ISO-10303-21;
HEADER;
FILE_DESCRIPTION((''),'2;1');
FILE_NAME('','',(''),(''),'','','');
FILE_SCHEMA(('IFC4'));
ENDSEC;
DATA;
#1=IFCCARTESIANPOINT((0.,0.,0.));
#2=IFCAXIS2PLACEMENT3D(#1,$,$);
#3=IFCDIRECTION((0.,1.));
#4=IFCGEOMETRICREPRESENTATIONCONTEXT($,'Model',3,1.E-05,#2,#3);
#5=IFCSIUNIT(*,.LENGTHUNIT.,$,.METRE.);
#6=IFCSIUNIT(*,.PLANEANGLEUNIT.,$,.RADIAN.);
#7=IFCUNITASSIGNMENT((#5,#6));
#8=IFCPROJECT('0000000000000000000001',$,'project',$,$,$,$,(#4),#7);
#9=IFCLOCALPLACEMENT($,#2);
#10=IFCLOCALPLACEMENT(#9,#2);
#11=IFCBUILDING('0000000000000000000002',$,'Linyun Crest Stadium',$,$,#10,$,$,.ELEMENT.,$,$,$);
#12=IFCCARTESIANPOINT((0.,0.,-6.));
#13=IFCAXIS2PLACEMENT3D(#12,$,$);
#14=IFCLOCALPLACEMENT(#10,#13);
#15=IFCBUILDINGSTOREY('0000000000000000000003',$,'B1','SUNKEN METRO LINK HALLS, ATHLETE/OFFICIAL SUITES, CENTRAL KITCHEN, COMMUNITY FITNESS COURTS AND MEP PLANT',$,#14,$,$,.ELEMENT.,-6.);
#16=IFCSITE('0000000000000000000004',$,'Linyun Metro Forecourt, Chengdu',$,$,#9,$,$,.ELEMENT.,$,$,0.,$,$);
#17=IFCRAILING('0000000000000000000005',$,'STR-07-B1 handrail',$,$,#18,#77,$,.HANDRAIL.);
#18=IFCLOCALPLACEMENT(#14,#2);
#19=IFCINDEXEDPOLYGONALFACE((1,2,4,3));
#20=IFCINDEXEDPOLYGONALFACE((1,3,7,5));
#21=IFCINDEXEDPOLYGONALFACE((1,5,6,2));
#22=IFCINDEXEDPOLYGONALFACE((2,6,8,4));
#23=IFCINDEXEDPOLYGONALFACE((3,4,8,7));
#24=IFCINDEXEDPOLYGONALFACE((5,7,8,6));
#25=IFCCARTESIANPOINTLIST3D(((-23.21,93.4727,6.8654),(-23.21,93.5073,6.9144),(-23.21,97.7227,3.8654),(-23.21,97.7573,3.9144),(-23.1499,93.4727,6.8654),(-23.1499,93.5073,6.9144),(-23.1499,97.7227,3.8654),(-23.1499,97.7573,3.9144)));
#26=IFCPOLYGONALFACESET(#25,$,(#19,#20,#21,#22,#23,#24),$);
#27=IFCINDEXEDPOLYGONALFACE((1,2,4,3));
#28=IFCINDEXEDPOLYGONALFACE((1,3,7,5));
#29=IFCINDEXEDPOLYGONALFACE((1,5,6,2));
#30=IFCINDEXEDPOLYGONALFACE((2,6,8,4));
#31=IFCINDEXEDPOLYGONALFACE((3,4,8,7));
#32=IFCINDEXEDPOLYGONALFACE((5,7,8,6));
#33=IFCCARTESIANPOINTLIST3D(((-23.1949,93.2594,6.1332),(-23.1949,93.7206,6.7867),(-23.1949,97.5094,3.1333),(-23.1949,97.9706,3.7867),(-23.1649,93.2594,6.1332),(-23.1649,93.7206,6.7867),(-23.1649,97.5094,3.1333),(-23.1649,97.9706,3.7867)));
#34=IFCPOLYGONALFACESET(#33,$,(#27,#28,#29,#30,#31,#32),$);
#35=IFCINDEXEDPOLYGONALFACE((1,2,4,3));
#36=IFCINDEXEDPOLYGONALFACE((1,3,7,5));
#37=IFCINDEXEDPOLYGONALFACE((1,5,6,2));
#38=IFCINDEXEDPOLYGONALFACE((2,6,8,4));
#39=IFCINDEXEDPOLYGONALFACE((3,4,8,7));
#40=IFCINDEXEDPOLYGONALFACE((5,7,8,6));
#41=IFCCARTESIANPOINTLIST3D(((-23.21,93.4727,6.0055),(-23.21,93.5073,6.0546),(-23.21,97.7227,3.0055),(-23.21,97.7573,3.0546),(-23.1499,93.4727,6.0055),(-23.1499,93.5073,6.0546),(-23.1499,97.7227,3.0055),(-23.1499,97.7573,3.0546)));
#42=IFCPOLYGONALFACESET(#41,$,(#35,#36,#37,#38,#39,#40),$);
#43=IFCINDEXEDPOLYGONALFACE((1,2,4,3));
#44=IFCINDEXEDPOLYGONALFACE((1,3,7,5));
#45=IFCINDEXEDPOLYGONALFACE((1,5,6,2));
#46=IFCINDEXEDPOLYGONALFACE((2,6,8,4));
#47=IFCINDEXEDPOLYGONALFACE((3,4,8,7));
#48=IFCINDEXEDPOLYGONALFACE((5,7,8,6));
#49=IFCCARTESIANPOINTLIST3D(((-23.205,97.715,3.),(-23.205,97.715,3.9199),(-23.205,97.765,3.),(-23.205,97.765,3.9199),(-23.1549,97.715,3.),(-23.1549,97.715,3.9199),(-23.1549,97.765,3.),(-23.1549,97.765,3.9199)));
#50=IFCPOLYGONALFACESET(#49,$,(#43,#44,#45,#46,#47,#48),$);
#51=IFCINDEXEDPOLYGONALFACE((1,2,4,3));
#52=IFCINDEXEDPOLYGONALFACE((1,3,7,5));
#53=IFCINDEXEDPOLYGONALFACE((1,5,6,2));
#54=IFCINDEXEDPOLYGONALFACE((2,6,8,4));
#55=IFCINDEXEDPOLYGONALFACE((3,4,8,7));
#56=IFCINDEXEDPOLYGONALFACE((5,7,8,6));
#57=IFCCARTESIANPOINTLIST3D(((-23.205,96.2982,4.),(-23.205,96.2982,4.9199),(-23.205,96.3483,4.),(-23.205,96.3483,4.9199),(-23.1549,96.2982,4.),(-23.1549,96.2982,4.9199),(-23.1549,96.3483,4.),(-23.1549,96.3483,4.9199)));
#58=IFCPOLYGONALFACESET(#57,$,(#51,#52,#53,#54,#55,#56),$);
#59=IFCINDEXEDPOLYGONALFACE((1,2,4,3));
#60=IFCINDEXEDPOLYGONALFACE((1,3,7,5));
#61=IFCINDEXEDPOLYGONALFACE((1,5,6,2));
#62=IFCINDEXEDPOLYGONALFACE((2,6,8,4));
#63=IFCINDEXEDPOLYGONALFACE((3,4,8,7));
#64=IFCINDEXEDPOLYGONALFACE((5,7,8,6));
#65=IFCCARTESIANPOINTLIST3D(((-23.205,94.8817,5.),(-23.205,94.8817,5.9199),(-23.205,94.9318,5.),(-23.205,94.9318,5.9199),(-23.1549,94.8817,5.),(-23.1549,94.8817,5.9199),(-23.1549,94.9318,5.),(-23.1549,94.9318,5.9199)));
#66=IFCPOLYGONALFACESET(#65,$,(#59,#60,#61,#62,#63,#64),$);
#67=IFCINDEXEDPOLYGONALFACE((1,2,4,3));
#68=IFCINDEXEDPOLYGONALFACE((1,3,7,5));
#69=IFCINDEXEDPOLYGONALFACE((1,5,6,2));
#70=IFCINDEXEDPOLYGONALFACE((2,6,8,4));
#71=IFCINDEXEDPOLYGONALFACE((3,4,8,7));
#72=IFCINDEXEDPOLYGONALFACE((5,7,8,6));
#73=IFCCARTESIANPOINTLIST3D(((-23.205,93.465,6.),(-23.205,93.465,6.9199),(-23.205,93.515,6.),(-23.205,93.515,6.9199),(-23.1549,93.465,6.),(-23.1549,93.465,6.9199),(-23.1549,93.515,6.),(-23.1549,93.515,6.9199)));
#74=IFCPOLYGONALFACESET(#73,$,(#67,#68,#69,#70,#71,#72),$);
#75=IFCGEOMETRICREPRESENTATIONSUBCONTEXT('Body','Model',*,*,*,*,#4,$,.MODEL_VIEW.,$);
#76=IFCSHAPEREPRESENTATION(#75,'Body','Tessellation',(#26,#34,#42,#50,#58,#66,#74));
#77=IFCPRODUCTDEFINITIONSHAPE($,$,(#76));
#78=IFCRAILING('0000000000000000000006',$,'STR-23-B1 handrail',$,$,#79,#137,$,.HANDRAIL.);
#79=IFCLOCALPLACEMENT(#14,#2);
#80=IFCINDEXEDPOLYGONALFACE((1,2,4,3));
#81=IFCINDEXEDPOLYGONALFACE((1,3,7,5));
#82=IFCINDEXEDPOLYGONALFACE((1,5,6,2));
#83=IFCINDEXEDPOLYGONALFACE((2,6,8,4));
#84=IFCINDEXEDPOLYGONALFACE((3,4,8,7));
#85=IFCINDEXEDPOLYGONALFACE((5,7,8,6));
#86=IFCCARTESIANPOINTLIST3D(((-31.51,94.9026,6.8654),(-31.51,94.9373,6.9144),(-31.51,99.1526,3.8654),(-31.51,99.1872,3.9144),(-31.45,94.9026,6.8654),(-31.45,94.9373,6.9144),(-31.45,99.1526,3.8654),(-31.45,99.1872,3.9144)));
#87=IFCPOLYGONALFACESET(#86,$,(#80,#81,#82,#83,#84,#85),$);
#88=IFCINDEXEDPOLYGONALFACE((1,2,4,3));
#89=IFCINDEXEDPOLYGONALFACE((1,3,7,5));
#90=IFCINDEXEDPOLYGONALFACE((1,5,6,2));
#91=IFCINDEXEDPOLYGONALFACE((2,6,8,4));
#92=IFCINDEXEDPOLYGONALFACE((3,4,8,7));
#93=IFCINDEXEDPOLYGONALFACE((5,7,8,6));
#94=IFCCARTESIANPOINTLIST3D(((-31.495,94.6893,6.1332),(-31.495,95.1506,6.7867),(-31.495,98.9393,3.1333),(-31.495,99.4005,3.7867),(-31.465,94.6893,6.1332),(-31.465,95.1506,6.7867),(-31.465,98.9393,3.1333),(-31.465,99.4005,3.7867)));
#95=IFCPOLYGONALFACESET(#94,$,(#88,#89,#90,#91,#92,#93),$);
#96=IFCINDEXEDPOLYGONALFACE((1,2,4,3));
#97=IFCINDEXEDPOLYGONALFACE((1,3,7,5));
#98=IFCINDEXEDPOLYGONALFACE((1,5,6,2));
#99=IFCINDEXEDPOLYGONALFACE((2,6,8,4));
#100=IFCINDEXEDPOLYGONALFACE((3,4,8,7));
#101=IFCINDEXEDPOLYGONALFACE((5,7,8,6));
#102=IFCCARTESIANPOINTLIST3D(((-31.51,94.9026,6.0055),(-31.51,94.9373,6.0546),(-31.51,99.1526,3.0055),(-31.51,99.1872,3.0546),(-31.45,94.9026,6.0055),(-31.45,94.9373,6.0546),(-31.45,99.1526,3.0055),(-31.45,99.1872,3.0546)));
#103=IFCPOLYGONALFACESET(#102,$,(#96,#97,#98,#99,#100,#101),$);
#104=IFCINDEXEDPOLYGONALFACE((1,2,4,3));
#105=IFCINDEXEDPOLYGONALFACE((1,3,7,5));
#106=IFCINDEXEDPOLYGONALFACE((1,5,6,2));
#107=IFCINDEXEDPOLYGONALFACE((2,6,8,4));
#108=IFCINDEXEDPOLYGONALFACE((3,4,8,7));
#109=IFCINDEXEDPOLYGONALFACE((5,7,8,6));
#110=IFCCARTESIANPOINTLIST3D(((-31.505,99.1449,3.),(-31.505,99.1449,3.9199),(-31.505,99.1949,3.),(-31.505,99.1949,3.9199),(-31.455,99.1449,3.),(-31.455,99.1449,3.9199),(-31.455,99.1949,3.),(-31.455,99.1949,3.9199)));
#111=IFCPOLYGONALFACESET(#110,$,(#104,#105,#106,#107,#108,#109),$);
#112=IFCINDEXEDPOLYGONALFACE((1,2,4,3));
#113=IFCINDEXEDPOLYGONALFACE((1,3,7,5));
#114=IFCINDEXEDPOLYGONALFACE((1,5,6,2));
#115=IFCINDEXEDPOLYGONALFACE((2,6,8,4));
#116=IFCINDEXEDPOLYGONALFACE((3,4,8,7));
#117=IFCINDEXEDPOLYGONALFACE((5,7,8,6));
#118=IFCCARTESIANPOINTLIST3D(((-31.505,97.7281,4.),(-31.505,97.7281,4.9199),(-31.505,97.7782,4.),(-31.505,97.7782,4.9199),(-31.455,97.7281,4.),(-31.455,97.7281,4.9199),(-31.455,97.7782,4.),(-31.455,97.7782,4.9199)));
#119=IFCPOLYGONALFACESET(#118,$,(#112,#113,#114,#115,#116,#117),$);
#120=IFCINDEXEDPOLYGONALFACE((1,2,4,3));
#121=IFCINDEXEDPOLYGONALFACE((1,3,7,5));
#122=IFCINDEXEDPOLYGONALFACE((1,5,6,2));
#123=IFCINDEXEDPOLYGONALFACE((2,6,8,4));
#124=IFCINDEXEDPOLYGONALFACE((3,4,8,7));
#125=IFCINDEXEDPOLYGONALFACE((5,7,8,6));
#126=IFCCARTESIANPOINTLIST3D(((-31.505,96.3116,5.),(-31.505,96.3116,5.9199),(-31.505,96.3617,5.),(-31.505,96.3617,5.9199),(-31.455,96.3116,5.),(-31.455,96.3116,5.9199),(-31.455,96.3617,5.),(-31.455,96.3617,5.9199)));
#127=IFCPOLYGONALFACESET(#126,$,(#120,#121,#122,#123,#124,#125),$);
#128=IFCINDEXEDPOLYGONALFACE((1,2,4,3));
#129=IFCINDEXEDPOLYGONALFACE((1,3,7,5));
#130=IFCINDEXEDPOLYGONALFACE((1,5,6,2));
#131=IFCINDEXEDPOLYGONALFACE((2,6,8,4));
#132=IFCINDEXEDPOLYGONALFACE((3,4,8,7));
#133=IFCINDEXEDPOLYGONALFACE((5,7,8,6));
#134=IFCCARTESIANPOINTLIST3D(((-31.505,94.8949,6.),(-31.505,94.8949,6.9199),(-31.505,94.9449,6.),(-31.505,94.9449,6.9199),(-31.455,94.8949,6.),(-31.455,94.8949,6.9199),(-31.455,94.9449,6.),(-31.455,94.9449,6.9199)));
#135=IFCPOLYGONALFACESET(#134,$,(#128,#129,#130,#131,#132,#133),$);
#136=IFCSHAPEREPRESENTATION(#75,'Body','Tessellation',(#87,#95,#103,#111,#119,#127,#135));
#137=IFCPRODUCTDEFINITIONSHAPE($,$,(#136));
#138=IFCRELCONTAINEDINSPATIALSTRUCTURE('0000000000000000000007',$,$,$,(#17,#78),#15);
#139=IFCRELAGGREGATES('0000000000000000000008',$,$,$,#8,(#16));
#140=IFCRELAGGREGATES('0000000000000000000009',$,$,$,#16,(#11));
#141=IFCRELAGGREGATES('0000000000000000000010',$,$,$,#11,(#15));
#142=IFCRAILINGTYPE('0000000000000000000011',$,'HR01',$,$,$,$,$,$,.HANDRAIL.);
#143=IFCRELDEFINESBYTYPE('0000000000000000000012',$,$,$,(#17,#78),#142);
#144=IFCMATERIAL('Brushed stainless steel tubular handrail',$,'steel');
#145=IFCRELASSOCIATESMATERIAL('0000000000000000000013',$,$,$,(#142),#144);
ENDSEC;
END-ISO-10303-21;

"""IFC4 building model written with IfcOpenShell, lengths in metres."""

from ifc_helpers import new_model, si_unit, direction, frame, origin, origin_2d, place, context, subcontext, project, spatial, rectangle, extrude, material, type_object, element, save


model = new_model("IFC4")

# Units and contexts
model_context = context("Model", 3, precision=1e-05, world=origin(), true_north=direction((0.0, 1.0)))
body_context = subcontext(model_context, "Body", "Model", "MODEL_VIEW")
ifc_project = project(units=[si_unit("LENGTHUNIT", "METRE"), si_unit("PLANEANGLEUNIT", "RADIAN")], contexts=[model_context])

# Site, building, storey
site_placement = place(None, origin())
site = spatial("IfcSite", under=ifc_project, at=site_placement, Name="Linyun Metro Forecourt, Chengdu", CompositionType="ELEMENT", RefElevation=0.0)
building_placement = place(site_placement, origin())
building = spatial("IfcBuilding", under=site, at=building_placement, Name="Linyun Crest Stadium", CompositionType="ELEMENT")
storey_placement = place(building_placement, frame((0.0, 0.0, -6.0)))
storey = spatial("IfcBuildingStorey", under=building, at=storey_placement, Name="B1", Description="SUNKEN METRO LINK HALLS, ATHLETE/OFFICIAL SUITES, CENTRAL KITCHEN, COMMUNITY FITNESS COURTS AND MEP PLANT", CompositionType="ELEMENT", Elevation=-6.0)

# Railings
ifc_material_1 = material(Name="Brushed stainless steel tubular handrail", Category="steel")
railing_type_1 = type_object("IfcRailingType", Name="HR01", PredefinedType="HANDRAIL", material=ifc_material_1)
for number, where, name in (
    (1, (-23.1799, 97.74, 3.0), "STR-07-B1 handrail"),
    (2, (-31.48, 99.1699, 3.0), "STR-23-B1 handrail"),
):
    element("IfcRailing", number, at=place(storey_placement, frame(where)), inside=storey, type_object=railing_type_1, Name=name, PredefinedType="HANDRAIL", context=body_context, shape_type="SweptSolid", body=[
        extrude(rectangle(XDim=0.0601, YDim=0.0601, at=origin_2d()), frame((0.0, 0.0, 0.8899), z_axis=(0.0, -0.816968, 0.576683), x_axis=(1.0, 0.0, 0.0)), (0.0, 0.0, 1.0), 5.2021),
        extrude(rectangle(XDim=0.03, YDim=0.7998, at=origin_2d()), frame((0.0, 0.0, 0.46), z_axis=(0.0, -0.816968, 0.576683), x_axis=(1.0, 0.0, 0.0)), (0.0, 0.0, 1.0), 5.2021),
        extrude(rectangle(XDim=0.0601, YDim=0.0601, at=origin_2d()), frame((0.0, 0.0, 0.03), z_axis=(0.0, -0.816968, 0.576683), x_axis=(1.0, 0.0, 0.0)), (0.0, 0.0, 1.0), 5.2021),
        extrude(rectangle(XDim=0.05, YDim=0.05, at=origin_2d()), origin(), (0.0, 0.0, 1.0), 0.9199),
        extrude(rectangle(XDim=0.05, YDim=0.05, at=origin_2d()), frame((0.0, -1.4167, 1.0)), (0.0, 0.0, 1.0), 0.9199),
        extrude(rectangle(XDim=0.05, YDim=0.05, at=origin_2d()), frame((0.0, -2.8333, 2.0)), (0.0, 0.0, 1.0), 0.9199),
        extrude(rectangle(XDim=0.05, YDim=0.05, at=origin_2d()), frame((0.0, -4.25, 3.0)), (0.0, 0.0, 1.0), 0.9199),
    ])

save(model, "model.ifc")
